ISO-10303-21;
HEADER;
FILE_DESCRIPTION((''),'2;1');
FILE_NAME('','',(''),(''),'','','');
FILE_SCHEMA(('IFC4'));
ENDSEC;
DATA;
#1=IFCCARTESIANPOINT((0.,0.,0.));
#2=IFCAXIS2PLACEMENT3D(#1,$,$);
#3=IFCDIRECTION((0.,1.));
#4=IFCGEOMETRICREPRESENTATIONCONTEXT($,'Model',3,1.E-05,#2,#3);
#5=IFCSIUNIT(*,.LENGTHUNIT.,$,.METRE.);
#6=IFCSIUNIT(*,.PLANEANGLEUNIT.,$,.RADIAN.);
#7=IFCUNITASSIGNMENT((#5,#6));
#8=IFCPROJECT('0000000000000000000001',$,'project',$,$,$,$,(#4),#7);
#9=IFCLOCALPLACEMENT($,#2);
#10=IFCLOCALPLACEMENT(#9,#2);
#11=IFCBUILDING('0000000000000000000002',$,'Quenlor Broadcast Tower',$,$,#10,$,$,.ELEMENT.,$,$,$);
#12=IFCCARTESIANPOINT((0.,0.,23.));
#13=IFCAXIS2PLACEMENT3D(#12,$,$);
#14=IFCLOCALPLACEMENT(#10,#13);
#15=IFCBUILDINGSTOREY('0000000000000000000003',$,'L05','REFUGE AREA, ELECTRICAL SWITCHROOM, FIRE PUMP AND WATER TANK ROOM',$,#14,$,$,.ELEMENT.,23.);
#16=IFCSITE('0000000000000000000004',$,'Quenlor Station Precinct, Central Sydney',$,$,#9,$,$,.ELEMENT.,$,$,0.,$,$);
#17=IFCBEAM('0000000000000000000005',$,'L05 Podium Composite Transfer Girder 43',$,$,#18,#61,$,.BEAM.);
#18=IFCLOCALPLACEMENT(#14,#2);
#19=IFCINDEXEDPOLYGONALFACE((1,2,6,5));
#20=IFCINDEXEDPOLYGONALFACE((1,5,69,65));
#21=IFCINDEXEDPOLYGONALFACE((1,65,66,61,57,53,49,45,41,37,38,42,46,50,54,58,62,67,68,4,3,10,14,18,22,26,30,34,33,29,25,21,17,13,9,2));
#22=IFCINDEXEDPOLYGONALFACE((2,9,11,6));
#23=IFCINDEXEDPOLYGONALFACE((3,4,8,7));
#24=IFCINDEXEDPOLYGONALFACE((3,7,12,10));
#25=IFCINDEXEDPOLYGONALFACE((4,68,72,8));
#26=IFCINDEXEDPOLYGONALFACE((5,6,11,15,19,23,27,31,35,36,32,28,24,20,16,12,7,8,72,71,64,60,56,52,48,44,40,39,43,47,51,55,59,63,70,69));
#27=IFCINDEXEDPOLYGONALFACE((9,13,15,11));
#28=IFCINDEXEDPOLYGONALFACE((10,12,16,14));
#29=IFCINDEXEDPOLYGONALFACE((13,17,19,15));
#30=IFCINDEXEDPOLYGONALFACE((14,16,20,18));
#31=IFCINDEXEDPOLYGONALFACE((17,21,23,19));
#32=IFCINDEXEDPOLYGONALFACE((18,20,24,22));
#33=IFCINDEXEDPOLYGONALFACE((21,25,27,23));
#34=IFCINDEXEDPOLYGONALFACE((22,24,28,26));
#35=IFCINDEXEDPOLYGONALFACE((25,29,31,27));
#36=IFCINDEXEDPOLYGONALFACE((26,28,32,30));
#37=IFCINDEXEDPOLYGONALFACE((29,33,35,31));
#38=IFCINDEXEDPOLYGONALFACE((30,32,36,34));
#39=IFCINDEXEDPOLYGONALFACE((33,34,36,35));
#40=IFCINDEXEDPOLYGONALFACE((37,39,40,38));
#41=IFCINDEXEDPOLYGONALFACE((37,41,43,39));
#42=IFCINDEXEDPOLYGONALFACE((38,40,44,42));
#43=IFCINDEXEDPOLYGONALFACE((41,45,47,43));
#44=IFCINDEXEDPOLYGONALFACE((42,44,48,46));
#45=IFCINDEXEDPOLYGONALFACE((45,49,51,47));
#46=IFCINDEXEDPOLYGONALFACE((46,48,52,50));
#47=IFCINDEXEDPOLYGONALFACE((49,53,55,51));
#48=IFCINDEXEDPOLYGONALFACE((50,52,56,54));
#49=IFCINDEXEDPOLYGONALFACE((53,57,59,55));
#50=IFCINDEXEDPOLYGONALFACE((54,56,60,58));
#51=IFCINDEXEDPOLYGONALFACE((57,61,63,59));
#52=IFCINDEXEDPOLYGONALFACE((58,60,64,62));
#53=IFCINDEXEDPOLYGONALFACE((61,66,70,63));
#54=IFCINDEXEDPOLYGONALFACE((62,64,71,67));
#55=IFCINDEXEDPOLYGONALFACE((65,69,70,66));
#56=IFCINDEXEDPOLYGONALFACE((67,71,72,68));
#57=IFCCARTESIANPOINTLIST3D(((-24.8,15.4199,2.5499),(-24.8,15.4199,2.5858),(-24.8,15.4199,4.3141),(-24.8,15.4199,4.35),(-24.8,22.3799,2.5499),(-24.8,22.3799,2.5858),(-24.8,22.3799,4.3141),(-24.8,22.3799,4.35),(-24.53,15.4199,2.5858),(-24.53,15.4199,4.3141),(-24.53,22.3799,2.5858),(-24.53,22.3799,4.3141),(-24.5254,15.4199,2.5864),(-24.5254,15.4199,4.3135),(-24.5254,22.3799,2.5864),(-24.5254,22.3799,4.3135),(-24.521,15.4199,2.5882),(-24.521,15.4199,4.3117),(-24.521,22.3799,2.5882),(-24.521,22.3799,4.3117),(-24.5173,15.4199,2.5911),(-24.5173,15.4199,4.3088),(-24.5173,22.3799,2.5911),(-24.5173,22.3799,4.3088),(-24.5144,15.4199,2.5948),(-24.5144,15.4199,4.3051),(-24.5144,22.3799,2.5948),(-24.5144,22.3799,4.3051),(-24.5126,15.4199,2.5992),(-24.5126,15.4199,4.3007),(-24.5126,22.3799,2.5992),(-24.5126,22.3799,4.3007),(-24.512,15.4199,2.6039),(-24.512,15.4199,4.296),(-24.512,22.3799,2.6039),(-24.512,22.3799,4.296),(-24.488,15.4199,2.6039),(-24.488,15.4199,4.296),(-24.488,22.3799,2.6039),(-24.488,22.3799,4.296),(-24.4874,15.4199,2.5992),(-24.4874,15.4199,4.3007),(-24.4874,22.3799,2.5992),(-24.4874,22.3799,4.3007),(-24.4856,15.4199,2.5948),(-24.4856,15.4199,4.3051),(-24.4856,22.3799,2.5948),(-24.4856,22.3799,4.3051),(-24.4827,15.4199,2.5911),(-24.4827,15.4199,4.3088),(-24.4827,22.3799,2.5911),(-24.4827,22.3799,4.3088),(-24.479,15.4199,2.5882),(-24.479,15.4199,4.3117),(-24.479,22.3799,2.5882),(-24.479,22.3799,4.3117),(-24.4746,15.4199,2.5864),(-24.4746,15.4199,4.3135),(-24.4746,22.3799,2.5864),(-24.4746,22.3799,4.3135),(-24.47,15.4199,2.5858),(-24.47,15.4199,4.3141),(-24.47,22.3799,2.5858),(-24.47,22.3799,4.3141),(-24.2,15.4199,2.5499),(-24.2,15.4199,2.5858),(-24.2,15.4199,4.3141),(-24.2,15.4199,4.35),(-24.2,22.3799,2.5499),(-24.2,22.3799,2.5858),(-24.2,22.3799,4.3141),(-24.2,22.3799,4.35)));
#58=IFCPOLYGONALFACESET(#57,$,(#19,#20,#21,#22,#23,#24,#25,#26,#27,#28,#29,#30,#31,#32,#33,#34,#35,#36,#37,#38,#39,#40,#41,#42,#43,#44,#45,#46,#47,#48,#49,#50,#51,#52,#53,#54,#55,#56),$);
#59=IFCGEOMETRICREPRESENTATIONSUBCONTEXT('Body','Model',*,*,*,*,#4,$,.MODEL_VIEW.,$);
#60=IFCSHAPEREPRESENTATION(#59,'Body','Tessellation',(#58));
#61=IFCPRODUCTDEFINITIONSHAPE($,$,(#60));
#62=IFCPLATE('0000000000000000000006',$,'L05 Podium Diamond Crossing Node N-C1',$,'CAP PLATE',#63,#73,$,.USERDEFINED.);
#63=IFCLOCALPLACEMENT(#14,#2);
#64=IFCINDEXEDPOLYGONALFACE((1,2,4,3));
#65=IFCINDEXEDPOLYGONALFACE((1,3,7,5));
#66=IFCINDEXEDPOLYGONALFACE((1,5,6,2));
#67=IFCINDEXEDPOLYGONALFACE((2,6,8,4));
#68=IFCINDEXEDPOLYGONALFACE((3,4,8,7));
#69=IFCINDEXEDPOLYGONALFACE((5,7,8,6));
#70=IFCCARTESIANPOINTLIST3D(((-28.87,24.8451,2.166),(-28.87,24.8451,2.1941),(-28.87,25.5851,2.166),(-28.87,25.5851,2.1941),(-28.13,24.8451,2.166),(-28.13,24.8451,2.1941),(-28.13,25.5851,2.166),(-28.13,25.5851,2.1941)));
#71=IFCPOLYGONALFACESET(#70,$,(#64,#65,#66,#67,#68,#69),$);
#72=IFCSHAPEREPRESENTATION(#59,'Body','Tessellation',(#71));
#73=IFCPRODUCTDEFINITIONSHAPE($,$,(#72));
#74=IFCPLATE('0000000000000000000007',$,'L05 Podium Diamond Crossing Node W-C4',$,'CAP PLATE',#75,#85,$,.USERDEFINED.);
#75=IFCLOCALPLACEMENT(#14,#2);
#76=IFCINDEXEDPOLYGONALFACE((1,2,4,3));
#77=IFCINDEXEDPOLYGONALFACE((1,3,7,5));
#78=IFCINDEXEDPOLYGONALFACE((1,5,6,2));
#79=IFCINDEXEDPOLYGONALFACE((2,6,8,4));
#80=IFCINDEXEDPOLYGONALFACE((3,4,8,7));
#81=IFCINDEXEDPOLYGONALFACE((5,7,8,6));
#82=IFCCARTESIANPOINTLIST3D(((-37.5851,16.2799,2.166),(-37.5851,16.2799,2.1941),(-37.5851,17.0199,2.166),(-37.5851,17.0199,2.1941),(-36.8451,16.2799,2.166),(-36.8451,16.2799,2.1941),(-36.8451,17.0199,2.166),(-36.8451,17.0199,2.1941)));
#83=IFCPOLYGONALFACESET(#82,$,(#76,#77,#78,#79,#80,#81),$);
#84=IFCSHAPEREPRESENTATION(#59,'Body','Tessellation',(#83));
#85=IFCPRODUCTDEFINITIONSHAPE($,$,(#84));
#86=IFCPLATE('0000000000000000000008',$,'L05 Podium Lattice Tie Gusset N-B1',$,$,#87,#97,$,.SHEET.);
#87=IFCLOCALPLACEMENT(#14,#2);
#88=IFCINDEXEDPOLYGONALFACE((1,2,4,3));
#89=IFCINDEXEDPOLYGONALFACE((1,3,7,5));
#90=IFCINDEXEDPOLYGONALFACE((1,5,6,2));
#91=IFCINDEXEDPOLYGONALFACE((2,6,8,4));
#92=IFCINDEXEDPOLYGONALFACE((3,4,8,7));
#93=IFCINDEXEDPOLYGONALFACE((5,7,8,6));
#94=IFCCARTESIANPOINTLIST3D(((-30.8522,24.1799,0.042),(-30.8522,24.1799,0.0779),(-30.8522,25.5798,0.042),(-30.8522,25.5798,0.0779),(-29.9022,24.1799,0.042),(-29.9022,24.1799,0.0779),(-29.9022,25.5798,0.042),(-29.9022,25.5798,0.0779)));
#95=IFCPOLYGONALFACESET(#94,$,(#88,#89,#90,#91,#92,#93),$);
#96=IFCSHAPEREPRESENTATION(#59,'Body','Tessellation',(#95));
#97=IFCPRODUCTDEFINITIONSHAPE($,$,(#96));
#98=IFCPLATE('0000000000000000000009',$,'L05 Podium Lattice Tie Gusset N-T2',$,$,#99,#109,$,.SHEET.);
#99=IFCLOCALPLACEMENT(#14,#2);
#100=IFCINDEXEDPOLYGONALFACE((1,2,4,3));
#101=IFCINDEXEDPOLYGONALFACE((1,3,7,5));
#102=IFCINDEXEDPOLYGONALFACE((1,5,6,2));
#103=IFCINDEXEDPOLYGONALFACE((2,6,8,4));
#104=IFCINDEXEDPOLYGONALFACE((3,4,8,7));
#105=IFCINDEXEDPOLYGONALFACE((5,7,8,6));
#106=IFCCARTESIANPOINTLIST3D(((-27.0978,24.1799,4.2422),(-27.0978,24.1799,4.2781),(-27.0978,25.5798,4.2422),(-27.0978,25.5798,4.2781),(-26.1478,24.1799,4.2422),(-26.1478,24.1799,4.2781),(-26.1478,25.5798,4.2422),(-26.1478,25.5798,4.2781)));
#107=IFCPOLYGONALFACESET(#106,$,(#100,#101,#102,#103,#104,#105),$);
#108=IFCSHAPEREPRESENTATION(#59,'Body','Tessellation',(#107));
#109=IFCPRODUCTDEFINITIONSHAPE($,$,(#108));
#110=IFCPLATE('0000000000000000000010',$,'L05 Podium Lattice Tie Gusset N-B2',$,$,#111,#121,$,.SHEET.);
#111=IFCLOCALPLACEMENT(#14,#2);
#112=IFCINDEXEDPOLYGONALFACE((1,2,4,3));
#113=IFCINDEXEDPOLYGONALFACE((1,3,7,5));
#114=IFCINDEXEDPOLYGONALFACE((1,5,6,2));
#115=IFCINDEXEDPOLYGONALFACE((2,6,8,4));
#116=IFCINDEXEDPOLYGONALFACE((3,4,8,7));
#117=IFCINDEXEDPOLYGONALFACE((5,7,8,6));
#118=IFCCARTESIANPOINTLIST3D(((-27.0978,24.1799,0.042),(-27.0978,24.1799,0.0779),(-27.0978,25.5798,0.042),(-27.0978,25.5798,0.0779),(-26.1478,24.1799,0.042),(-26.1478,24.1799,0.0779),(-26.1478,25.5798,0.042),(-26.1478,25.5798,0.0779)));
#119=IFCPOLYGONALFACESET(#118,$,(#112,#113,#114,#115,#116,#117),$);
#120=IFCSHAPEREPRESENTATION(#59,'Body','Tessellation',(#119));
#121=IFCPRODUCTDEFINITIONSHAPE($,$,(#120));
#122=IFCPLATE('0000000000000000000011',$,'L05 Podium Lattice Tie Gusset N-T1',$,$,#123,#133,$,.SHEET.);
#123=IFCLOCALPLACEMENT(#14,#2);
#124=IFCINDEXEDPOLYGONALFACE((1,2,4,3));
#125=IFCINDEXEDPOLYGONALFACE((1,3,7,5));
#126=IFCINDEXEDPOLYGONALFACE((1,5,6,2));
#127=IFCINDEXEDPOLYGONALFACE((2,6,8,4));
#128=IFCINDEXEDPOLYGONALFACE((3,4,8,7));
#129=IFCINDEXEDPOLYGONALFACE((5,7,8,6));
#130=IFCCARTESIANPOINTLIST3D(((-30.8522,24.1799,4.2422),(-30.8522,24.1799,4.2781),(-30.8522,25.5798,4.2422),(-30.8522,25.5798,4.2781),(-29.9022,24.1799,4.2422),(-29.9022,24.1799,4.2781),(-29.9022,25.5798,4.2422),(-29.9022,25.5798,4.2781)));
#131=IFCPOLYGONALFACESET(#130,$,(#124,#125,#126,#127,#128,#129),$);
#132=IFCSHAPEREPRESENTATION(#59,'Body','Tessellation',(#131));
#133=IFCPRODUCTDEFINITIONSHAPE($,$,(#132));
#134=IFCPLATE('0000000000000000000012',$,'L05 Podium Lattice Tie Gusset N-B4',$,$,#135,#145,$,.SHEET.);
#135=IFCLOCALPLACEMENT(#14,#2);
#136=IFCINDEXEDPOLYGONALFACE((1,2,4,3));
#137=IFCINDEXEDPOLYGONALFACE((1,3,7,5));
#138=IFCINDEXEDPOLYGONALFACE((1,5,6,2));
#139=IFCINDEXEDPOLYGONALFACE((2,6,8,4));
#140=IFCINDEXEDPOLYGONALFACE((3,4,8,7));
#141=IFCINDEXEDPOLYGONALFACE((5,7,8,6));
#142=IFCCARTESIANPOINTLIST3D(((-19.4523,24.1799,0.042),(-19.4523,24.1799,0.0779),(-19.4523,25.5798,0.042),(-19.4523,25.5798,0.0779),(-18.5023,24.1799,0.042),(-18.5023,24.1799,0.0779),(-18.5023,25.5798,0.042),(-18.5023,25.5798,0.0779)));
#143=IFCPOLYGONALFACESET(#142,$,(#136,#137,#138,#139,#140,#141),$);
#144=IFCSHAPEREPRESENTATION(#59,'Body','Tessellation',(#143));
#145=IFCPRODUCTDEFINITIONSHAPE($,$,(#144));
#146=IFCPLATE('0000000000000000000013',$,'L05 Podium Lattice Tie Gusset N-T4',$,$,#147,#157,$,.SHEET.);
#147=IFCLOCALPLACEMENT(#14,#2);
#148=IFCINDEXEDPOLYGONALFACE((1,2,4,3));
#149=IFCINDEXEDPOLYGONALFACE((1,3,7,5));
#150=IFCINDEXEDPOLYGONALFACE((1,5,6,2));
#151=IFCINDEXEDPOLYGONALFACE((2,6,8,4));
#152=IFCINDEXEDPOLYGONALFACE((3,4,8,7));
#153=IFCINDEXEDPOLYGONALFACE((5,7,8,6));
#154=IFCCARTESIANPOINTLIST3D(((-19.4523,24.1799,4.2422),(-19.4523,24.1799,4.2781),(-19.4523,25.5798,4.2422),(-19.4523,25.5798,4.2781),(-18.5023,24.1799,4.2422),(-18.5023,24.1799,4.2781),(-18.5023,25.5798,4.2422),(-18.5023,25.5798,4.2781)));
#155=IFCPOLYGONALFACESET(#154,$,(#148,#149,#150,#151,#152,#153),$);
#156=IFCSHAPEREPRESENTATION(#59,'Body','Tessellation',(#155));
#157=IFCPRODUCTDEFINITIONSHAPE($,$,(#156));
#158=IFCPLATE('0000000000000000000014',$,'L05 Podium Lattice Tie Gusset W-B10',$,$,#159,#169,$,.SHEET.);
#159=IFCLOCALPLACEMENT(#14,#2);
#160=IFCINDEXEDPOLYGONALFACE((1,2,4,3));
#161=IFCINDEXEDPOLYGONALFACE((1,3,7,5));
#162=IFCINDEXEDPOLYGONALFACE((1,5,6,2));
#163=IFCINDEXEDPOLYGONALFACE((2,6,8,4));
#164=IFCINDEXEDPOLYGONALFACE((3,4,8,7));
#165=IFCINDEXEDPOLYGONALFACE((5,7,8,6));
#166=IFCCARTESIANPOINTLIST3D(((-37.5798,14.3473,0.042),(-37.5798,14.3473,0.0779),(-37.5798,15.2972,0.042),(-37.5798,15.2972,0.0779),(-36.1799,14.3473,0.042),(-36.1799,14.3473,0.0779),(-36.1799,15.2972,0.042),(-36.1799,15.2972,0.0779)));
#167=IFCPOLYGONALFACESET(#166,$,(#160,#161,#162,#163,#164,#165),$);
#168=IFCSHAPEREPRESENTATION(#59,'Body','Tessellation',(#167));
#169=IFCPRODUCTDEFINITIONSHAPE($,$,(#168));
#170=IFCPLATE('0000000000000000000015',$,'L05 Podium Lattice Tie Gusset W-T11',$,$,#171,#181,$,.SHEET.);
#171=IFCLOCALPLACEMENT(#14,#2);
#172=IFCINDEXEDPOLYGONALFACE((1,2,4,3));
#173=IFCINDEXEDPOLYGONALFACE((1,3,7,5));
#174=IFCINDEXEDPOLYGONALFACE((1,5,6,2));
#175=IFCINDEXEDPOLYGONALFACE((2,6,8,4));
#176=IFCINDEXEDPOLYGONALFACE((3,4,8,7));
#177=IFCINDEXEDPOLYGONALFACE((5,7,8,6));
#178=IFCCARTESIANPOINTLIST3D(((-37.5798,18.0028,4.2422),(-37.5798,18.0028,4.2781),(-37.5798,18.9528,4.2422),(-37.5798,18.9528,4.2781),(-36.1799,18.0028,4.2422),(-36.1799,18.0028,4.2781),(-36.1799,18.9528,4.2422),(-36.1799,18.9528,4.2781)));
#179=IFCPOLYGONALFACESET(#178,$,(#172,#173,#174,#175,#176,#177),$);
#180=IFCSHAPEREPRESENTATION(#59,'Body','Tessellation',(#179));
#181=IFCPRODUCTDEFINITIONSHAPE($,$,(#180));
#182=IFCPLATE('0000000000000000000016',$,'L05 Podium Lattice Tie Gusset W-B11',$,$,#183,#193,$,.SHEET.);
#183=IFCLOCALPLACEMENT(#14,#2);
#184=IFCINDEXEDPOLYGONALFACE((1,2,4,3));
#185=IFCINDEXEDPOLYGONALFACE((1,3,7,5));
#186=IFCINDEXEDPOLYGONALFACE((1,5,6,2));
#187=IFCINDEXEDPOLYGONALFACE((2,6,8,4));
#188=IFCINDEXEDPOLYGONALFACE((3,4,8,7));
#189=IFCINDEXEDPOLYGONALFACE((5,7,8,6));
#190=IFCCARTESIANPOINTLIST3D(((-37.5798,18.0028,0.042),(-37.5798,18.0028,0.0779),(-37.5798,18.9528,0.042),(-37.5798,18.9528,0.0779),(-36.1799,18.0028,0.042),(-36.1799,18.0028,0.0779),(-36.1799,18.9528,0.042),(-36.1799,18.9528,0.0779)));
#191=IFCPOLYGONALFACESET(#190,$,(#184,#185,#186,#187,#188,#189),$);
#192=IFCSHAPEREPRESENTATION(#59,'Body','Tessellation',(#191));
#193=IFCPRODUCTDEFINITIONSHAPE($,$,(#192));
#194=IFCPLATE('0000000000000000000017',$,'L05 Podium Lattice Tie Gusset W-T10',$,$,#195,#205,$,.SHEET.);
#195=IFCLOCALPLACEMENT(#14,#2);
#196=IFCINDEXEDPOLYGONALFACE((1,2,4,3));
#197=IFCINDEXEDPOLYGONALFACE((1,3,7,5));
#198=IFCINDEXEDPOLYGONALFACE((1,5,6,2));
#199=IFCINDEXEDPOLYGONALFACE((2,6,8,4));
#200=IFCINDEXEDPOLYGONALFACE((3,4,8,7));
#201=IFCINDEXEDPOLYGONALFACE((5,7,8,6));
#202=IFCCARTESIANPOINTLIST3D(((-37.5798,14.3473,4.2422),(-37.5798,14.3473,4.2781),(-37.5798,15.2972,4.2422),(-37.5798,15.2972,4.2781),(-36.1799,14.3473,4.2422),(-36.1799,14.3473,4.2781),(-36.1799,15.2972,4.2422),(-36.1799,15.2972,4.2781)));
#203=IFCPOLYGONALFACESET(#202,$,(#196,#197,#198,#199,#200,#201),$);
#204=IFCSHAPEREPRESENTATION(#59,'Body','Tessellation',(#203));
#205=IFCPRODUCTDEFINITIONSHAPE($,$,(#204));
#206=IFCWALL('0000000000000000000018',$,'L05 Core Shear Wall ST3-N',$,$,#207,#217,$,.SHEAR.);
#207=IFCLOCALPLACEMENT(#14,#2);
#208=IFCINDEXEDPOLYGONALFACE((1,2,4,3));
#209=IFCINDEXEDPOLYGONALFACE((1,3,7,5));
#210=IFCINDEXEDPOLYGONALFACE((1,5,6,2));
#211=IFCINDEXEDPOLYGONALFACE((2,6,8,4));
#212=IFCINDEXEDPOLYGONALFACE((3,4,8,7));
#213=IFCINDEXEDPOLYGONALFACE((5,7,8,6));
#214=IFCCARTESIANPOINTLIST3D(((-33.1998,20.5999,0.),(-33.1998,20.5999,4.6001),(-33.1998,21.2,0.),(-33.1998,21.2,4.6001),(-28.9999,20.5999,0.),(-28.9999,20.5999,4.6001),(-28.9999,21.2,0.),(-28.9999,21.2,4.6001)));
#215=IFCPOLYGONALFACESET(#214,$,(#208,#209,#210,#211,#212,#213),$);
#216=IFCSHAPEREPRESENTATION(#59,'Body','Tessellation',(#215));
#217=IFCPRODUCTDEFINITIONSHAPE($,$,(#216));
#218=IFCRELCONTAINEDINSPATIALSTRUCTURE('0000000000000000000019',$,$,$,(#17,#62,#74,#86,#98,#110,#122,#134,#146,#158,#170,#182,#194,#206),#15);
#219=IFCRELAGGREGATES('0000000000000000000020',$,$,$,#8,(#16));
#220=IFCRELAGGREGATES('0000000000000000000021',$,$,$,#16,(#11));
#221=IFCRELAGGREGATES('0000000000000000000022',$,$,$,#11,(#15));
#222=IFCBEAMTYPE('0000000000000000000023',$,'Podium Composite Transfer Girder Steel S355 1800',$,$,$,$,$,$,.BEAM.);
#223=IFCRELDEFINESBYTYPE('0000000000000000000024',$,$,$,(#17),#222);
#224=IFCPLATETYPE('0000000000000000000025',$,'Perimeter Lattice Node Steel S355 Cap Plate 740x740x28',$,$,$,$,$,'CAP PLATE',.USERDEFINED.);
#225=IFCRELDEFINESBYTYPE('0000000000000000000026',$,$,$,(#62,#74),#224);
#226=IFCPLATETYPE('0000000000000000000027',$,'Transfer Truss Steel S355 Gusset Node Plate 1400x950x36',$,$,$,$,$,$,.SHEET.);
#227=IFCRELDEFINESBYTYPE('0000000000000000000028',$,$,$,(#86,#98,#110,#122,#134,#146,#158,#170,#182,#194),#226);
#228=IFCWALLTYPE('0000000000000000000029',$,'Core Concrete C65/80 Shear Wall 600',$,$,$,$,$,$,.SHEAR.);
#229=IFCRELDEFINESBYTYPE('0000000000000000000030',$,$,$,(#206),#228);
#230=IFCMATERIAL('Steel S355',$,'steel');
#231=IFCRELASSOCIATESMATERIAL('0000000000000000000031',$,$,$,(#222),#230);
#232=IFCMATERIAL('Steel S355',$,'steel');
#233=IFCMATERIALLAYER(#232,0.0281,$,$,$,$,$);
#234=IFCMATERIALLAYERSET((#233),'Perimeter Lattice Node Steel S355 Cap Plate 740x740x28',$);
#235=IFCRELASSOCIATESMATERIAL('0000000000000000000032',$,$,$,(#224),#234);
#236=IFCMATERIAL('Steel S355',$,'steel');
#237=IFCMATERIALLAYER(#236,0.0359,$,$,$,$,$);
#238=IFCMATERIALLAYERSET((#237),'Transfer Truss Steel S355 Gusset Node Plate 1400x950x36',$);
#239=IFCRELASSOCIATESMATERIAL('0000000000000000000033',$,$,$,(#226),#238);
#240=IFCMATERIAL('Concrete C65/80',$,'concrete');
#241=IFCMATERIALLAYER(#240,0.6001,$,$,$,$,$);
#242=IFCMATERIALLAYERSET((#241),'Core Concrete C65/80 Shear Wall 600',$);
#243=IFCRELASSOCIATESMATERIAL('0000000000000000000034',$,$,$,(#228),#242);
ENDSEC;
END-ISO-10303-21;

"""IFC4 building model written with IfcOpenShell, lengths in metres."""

from ifc_helpers import new_model, si_unit, direction, frame, frame_2d, origin, origin_2d, place, context, subcontext, project, spatial, rectangle, i_section, extrude, material, layer, layer_set, material_profile, profile_set, type_object, element, save


model = new_model("IFC4")

# Units and contexts
model_context = context("Model", 3, precision=1e-05, world=origin(), true_north=direction((0.0, 1.0)))
body_context = subcontext(model_context, "Body", "Model", "MODEL_VIEW")
ifc_project = project(units=[si_unit("LENGTHUNIT", "METRE"), si_unit("PLANEANGLEUNIT", "RADIAN")], contexts=[model_context])

# Site, building, storey
site_placement = place(None, origin())
site = spatial("IfcSite", under=ifc_project, at=site_placement, Name="Quenlor Station Precinct, Central Sydney", CompositionType="ELEMENT", RefElevation=0.0)
building_placement = place(site_placement, origin())
building = spatial("IfcBuilding", under=site, at=building_placement, Name="Quenlor Broadcast Tower", CompositionType="ELEMENT")
storey_placement = place(building_placement, frame((0.0, 0.0, 23.0)))
storey = spatial("IfcBuildingStorey", under=building, at=storey_placement, Name="L05", Description="REFUGE AREA, ELECTRICAL SWITCHROOM, FIRE PUMP AND WATER TANK ROOM", CompositionType="ELEMENT", Elevation=23.0)

# Beam
ifc_material_1 = material(Name="Steel S355", Category="steel")
ifc_material_profile_1 = material_profile(ifc_material_1, i_section(OverallWidth=0.6001, OverallDepth=1.8, WebThickness=0.0239, FlangeThickness=0.0359, FilletRadius=0.0181, at=origin_2d()))
ifc_profile_set_1 = profile_set([ifc_material_profile_1], Name="Steel S355 1800TG620")
beam_type = type_object("IfcBeamType", Name="Podium Composite Transfer Girder Steel S355 1800", PredefinedType="BEAM", material=ifc_profile_set_1)
for number, where, z_axis, x_axis, name in (
    (1, (-24.5, 15.4199, 3.45), (0.0, 1.0, 0.0), (-1.0, 0.0, 0.0), "L05 Podium Composite Transfer Girder 43"),
):
    element("IfcBeam", number, at=place(storey_placement, frame(where, z_axis=z_axis, x_axis=x_axis)), inside=storey, type_object=beam_type, Name=name, PredefinedType="BEAM", context=body_context, shape_type="SweptSolid", body=[
        extrude(i_section(OverallWidth=0.6001, OverallDepth=1.8, WebThickness=0.0239, FlangeThickness=0.0359, FilletRadius=0.0181, at=origin_2d()), origin(), (0.0, 0.0, 1.0), 6.96),
    ])

# Plates
ifc_material_2 = material(Name="Steel S355", Category="steel")
ifc_layer_1 = layer(ifc_material_2, 0.0281)
ifc_layer_set_1 = layer_set([ifc_layer_1], Name="Perimeter Lattice Node Steel S355 Cap Plate 740x740x28")
plate_type_1 = type_object("IfcPlateType", Name="Perimeter Lattice Node Steel S355 Cap Plate 740x740x28", ElementType="CAP PLATE", PredefinedType="USERDEFINED", material=ifc_layer_set_1)
for number, where, z_axis, x_axis, name in (
    (2, (-28.5, 25.2151, 2.166), (0.0, 0.0, 1.0), (1.0, 0.0, 0.0), "L05 Podium Diamond Crossing Node N-C1"),
    (3, (-37.2151, 16.6499, 2.166), (0.0, 0.0, 1.0), (0.0, 1.0, 0.0), "L05 Podium Diamond Crossing Node W-C4"),
):
    element("IfcPlate", number, at=place(storey_placement, frame(where, z_axis=z_axis, x_axis=x_axis)), inside=storey, type_object=plate_type_1, Name=name, ObjectType="CAP PLATE", PredefinedType="USERDEFINED", context=body_context, shape_type="SweptSolid", body=[
        extrude(rectangle(XDim=0.74, YDim=0.74, at=origin_2d()), origin(), (0.0, 0.0, 1.0), 0.0281),
    ])
ifc_material_3 = material(Name="Steel S355", Category="steel")
ifc_layer_2 = layer(ifc_material_3, 0.0359)
ifc_layer_set_2 = layer_set([ifc_layer_2], Name="Transfer Truss Steel S355 Gusset Node Plate 1400x950x36")
plate_type_2 = type_object("IfcPlateType", Name="Transfer Truss Steel S355 Gusset Node Plate 1400x950x36", PredefinedType="SHEET", material=ifc_layer_set_2)
for number, where, z_axis, x_axis, name in (
    (4, (-30.3772, 24.8799, 0.042), (0.0, 0.0, 1.0), (0.0, 1.0, 0.0), "L05 Podium Lattice Tie Gusset N-B1"),
    (5, (-26.6228, 24.8799, 4.2422), (0.0, 0.0, 1.0), (0.0, 1.0, 0.0), "L05 Podium Lattice Tie Gusset N-T2"),
    (6, (-26.6228, 24.8799, 0.042), (0.0, 0.0, 1.0), (0.0, 1.0, 0.0), "L05 Podium Lattice Tie Gusset N-B2"),
    (7, (-30.3772, 24.8799, 4.2422), (0.0, 0.0, 1.0), (0.0, 1.0, 0.0), "L05 Podium Lattice Tie Gusset N-T1"),
    (8, (-18.9773, 24.8799, 0.042), (0.0, 0.0, 1.0), (0.0, 1.0, 0.0), "L05 Podium Lattice Tie Gusset N-B4"),
    (9, (-18.9773, 24.8799, 4.2422), (0.0, 0.0, 1.0), (0.0, 1.0, 0.0), "L05 Podium Lattice Tie Gusset N-T4"),
    (10, (-36.8799, 14.8223, 0.042), (0.0, 0.0, 1.0), (-1.0, 0.0, 0.0), "L05 Podium Lattice Tie Gusset W-B10"),
    (11, (-36.8799, 18.4778, 4.2422), (0.0, 0.0, 1.0), (-1.0, 0.0, 0.0), "L05 Podium Lattice Tie Gusset W-T11"),
    (12, (-36.8799, 18.4778, 0.042), (0.0, 0.0, 1.0), (-1.0, 0.0, 0.0), "L05 Podium Lattice Tie Gusset W-B11"),
    (13, (-36.8799, 14.8223, 4.2422), (0.0, 0.0, 1.0), (-1.0, 0.0, 0.0), "L05 Podium Lattice Tie Gusset W-T10"),
):
    element("IfcPlate", number, at=place(storey_placement, frame(where, z_axis=z_axis, x_axis=x_axis)), inside=storey, type_object=plate_type_2, Name=name, PredefinedType="SHEET", context=body_context, shape_type="SweptSolid", body=[
        extrude(rectangle(XDim=1.3999, YDim=0.95, at=origin_2d()), origin(), (0.0, 0.0, 1.0), 0.0359),
    ])

# Wall
ifc_material_4 = material(Name="Concrete C65/80", Category="concrete")
ifc_layer_3 = layer(ifc_material_4, 0.6001)
ifc_layer_set_3 = layer_set([ifc_layer_3], Name="Core Concrete C65/80 Shear Wall 600")
wall_type_1 = type_object("IfcWallType", Name="Core Concrete C65/80 Shear Wall 600", PredefinedType="SHEAR", material=ifc_layer_set_3)
wall_1_placement = place(storey_placement, frame((-33.2, 20.8999, 0.0), z_axis=(0.0, 0.0, 1.0), x_axis=(1.0, 0.0, 0.0)))
element("IfcWall", 14, at=wall_1_placement, inside=storey, type_object=wall_type_1, Name="L05 Core Shear Wall ST3-N", PredefinedType="SHEAR", context=body_context, shape_type="SweptSolid", body=[
    extrude(rectangle(XDim=4.2, YDim=0.6001, at=frame_2d((2.1001, 0.0))), origin(), (0.0, 0.0, 1.0), 4.6001),
])

save(model, "model.ifc")
